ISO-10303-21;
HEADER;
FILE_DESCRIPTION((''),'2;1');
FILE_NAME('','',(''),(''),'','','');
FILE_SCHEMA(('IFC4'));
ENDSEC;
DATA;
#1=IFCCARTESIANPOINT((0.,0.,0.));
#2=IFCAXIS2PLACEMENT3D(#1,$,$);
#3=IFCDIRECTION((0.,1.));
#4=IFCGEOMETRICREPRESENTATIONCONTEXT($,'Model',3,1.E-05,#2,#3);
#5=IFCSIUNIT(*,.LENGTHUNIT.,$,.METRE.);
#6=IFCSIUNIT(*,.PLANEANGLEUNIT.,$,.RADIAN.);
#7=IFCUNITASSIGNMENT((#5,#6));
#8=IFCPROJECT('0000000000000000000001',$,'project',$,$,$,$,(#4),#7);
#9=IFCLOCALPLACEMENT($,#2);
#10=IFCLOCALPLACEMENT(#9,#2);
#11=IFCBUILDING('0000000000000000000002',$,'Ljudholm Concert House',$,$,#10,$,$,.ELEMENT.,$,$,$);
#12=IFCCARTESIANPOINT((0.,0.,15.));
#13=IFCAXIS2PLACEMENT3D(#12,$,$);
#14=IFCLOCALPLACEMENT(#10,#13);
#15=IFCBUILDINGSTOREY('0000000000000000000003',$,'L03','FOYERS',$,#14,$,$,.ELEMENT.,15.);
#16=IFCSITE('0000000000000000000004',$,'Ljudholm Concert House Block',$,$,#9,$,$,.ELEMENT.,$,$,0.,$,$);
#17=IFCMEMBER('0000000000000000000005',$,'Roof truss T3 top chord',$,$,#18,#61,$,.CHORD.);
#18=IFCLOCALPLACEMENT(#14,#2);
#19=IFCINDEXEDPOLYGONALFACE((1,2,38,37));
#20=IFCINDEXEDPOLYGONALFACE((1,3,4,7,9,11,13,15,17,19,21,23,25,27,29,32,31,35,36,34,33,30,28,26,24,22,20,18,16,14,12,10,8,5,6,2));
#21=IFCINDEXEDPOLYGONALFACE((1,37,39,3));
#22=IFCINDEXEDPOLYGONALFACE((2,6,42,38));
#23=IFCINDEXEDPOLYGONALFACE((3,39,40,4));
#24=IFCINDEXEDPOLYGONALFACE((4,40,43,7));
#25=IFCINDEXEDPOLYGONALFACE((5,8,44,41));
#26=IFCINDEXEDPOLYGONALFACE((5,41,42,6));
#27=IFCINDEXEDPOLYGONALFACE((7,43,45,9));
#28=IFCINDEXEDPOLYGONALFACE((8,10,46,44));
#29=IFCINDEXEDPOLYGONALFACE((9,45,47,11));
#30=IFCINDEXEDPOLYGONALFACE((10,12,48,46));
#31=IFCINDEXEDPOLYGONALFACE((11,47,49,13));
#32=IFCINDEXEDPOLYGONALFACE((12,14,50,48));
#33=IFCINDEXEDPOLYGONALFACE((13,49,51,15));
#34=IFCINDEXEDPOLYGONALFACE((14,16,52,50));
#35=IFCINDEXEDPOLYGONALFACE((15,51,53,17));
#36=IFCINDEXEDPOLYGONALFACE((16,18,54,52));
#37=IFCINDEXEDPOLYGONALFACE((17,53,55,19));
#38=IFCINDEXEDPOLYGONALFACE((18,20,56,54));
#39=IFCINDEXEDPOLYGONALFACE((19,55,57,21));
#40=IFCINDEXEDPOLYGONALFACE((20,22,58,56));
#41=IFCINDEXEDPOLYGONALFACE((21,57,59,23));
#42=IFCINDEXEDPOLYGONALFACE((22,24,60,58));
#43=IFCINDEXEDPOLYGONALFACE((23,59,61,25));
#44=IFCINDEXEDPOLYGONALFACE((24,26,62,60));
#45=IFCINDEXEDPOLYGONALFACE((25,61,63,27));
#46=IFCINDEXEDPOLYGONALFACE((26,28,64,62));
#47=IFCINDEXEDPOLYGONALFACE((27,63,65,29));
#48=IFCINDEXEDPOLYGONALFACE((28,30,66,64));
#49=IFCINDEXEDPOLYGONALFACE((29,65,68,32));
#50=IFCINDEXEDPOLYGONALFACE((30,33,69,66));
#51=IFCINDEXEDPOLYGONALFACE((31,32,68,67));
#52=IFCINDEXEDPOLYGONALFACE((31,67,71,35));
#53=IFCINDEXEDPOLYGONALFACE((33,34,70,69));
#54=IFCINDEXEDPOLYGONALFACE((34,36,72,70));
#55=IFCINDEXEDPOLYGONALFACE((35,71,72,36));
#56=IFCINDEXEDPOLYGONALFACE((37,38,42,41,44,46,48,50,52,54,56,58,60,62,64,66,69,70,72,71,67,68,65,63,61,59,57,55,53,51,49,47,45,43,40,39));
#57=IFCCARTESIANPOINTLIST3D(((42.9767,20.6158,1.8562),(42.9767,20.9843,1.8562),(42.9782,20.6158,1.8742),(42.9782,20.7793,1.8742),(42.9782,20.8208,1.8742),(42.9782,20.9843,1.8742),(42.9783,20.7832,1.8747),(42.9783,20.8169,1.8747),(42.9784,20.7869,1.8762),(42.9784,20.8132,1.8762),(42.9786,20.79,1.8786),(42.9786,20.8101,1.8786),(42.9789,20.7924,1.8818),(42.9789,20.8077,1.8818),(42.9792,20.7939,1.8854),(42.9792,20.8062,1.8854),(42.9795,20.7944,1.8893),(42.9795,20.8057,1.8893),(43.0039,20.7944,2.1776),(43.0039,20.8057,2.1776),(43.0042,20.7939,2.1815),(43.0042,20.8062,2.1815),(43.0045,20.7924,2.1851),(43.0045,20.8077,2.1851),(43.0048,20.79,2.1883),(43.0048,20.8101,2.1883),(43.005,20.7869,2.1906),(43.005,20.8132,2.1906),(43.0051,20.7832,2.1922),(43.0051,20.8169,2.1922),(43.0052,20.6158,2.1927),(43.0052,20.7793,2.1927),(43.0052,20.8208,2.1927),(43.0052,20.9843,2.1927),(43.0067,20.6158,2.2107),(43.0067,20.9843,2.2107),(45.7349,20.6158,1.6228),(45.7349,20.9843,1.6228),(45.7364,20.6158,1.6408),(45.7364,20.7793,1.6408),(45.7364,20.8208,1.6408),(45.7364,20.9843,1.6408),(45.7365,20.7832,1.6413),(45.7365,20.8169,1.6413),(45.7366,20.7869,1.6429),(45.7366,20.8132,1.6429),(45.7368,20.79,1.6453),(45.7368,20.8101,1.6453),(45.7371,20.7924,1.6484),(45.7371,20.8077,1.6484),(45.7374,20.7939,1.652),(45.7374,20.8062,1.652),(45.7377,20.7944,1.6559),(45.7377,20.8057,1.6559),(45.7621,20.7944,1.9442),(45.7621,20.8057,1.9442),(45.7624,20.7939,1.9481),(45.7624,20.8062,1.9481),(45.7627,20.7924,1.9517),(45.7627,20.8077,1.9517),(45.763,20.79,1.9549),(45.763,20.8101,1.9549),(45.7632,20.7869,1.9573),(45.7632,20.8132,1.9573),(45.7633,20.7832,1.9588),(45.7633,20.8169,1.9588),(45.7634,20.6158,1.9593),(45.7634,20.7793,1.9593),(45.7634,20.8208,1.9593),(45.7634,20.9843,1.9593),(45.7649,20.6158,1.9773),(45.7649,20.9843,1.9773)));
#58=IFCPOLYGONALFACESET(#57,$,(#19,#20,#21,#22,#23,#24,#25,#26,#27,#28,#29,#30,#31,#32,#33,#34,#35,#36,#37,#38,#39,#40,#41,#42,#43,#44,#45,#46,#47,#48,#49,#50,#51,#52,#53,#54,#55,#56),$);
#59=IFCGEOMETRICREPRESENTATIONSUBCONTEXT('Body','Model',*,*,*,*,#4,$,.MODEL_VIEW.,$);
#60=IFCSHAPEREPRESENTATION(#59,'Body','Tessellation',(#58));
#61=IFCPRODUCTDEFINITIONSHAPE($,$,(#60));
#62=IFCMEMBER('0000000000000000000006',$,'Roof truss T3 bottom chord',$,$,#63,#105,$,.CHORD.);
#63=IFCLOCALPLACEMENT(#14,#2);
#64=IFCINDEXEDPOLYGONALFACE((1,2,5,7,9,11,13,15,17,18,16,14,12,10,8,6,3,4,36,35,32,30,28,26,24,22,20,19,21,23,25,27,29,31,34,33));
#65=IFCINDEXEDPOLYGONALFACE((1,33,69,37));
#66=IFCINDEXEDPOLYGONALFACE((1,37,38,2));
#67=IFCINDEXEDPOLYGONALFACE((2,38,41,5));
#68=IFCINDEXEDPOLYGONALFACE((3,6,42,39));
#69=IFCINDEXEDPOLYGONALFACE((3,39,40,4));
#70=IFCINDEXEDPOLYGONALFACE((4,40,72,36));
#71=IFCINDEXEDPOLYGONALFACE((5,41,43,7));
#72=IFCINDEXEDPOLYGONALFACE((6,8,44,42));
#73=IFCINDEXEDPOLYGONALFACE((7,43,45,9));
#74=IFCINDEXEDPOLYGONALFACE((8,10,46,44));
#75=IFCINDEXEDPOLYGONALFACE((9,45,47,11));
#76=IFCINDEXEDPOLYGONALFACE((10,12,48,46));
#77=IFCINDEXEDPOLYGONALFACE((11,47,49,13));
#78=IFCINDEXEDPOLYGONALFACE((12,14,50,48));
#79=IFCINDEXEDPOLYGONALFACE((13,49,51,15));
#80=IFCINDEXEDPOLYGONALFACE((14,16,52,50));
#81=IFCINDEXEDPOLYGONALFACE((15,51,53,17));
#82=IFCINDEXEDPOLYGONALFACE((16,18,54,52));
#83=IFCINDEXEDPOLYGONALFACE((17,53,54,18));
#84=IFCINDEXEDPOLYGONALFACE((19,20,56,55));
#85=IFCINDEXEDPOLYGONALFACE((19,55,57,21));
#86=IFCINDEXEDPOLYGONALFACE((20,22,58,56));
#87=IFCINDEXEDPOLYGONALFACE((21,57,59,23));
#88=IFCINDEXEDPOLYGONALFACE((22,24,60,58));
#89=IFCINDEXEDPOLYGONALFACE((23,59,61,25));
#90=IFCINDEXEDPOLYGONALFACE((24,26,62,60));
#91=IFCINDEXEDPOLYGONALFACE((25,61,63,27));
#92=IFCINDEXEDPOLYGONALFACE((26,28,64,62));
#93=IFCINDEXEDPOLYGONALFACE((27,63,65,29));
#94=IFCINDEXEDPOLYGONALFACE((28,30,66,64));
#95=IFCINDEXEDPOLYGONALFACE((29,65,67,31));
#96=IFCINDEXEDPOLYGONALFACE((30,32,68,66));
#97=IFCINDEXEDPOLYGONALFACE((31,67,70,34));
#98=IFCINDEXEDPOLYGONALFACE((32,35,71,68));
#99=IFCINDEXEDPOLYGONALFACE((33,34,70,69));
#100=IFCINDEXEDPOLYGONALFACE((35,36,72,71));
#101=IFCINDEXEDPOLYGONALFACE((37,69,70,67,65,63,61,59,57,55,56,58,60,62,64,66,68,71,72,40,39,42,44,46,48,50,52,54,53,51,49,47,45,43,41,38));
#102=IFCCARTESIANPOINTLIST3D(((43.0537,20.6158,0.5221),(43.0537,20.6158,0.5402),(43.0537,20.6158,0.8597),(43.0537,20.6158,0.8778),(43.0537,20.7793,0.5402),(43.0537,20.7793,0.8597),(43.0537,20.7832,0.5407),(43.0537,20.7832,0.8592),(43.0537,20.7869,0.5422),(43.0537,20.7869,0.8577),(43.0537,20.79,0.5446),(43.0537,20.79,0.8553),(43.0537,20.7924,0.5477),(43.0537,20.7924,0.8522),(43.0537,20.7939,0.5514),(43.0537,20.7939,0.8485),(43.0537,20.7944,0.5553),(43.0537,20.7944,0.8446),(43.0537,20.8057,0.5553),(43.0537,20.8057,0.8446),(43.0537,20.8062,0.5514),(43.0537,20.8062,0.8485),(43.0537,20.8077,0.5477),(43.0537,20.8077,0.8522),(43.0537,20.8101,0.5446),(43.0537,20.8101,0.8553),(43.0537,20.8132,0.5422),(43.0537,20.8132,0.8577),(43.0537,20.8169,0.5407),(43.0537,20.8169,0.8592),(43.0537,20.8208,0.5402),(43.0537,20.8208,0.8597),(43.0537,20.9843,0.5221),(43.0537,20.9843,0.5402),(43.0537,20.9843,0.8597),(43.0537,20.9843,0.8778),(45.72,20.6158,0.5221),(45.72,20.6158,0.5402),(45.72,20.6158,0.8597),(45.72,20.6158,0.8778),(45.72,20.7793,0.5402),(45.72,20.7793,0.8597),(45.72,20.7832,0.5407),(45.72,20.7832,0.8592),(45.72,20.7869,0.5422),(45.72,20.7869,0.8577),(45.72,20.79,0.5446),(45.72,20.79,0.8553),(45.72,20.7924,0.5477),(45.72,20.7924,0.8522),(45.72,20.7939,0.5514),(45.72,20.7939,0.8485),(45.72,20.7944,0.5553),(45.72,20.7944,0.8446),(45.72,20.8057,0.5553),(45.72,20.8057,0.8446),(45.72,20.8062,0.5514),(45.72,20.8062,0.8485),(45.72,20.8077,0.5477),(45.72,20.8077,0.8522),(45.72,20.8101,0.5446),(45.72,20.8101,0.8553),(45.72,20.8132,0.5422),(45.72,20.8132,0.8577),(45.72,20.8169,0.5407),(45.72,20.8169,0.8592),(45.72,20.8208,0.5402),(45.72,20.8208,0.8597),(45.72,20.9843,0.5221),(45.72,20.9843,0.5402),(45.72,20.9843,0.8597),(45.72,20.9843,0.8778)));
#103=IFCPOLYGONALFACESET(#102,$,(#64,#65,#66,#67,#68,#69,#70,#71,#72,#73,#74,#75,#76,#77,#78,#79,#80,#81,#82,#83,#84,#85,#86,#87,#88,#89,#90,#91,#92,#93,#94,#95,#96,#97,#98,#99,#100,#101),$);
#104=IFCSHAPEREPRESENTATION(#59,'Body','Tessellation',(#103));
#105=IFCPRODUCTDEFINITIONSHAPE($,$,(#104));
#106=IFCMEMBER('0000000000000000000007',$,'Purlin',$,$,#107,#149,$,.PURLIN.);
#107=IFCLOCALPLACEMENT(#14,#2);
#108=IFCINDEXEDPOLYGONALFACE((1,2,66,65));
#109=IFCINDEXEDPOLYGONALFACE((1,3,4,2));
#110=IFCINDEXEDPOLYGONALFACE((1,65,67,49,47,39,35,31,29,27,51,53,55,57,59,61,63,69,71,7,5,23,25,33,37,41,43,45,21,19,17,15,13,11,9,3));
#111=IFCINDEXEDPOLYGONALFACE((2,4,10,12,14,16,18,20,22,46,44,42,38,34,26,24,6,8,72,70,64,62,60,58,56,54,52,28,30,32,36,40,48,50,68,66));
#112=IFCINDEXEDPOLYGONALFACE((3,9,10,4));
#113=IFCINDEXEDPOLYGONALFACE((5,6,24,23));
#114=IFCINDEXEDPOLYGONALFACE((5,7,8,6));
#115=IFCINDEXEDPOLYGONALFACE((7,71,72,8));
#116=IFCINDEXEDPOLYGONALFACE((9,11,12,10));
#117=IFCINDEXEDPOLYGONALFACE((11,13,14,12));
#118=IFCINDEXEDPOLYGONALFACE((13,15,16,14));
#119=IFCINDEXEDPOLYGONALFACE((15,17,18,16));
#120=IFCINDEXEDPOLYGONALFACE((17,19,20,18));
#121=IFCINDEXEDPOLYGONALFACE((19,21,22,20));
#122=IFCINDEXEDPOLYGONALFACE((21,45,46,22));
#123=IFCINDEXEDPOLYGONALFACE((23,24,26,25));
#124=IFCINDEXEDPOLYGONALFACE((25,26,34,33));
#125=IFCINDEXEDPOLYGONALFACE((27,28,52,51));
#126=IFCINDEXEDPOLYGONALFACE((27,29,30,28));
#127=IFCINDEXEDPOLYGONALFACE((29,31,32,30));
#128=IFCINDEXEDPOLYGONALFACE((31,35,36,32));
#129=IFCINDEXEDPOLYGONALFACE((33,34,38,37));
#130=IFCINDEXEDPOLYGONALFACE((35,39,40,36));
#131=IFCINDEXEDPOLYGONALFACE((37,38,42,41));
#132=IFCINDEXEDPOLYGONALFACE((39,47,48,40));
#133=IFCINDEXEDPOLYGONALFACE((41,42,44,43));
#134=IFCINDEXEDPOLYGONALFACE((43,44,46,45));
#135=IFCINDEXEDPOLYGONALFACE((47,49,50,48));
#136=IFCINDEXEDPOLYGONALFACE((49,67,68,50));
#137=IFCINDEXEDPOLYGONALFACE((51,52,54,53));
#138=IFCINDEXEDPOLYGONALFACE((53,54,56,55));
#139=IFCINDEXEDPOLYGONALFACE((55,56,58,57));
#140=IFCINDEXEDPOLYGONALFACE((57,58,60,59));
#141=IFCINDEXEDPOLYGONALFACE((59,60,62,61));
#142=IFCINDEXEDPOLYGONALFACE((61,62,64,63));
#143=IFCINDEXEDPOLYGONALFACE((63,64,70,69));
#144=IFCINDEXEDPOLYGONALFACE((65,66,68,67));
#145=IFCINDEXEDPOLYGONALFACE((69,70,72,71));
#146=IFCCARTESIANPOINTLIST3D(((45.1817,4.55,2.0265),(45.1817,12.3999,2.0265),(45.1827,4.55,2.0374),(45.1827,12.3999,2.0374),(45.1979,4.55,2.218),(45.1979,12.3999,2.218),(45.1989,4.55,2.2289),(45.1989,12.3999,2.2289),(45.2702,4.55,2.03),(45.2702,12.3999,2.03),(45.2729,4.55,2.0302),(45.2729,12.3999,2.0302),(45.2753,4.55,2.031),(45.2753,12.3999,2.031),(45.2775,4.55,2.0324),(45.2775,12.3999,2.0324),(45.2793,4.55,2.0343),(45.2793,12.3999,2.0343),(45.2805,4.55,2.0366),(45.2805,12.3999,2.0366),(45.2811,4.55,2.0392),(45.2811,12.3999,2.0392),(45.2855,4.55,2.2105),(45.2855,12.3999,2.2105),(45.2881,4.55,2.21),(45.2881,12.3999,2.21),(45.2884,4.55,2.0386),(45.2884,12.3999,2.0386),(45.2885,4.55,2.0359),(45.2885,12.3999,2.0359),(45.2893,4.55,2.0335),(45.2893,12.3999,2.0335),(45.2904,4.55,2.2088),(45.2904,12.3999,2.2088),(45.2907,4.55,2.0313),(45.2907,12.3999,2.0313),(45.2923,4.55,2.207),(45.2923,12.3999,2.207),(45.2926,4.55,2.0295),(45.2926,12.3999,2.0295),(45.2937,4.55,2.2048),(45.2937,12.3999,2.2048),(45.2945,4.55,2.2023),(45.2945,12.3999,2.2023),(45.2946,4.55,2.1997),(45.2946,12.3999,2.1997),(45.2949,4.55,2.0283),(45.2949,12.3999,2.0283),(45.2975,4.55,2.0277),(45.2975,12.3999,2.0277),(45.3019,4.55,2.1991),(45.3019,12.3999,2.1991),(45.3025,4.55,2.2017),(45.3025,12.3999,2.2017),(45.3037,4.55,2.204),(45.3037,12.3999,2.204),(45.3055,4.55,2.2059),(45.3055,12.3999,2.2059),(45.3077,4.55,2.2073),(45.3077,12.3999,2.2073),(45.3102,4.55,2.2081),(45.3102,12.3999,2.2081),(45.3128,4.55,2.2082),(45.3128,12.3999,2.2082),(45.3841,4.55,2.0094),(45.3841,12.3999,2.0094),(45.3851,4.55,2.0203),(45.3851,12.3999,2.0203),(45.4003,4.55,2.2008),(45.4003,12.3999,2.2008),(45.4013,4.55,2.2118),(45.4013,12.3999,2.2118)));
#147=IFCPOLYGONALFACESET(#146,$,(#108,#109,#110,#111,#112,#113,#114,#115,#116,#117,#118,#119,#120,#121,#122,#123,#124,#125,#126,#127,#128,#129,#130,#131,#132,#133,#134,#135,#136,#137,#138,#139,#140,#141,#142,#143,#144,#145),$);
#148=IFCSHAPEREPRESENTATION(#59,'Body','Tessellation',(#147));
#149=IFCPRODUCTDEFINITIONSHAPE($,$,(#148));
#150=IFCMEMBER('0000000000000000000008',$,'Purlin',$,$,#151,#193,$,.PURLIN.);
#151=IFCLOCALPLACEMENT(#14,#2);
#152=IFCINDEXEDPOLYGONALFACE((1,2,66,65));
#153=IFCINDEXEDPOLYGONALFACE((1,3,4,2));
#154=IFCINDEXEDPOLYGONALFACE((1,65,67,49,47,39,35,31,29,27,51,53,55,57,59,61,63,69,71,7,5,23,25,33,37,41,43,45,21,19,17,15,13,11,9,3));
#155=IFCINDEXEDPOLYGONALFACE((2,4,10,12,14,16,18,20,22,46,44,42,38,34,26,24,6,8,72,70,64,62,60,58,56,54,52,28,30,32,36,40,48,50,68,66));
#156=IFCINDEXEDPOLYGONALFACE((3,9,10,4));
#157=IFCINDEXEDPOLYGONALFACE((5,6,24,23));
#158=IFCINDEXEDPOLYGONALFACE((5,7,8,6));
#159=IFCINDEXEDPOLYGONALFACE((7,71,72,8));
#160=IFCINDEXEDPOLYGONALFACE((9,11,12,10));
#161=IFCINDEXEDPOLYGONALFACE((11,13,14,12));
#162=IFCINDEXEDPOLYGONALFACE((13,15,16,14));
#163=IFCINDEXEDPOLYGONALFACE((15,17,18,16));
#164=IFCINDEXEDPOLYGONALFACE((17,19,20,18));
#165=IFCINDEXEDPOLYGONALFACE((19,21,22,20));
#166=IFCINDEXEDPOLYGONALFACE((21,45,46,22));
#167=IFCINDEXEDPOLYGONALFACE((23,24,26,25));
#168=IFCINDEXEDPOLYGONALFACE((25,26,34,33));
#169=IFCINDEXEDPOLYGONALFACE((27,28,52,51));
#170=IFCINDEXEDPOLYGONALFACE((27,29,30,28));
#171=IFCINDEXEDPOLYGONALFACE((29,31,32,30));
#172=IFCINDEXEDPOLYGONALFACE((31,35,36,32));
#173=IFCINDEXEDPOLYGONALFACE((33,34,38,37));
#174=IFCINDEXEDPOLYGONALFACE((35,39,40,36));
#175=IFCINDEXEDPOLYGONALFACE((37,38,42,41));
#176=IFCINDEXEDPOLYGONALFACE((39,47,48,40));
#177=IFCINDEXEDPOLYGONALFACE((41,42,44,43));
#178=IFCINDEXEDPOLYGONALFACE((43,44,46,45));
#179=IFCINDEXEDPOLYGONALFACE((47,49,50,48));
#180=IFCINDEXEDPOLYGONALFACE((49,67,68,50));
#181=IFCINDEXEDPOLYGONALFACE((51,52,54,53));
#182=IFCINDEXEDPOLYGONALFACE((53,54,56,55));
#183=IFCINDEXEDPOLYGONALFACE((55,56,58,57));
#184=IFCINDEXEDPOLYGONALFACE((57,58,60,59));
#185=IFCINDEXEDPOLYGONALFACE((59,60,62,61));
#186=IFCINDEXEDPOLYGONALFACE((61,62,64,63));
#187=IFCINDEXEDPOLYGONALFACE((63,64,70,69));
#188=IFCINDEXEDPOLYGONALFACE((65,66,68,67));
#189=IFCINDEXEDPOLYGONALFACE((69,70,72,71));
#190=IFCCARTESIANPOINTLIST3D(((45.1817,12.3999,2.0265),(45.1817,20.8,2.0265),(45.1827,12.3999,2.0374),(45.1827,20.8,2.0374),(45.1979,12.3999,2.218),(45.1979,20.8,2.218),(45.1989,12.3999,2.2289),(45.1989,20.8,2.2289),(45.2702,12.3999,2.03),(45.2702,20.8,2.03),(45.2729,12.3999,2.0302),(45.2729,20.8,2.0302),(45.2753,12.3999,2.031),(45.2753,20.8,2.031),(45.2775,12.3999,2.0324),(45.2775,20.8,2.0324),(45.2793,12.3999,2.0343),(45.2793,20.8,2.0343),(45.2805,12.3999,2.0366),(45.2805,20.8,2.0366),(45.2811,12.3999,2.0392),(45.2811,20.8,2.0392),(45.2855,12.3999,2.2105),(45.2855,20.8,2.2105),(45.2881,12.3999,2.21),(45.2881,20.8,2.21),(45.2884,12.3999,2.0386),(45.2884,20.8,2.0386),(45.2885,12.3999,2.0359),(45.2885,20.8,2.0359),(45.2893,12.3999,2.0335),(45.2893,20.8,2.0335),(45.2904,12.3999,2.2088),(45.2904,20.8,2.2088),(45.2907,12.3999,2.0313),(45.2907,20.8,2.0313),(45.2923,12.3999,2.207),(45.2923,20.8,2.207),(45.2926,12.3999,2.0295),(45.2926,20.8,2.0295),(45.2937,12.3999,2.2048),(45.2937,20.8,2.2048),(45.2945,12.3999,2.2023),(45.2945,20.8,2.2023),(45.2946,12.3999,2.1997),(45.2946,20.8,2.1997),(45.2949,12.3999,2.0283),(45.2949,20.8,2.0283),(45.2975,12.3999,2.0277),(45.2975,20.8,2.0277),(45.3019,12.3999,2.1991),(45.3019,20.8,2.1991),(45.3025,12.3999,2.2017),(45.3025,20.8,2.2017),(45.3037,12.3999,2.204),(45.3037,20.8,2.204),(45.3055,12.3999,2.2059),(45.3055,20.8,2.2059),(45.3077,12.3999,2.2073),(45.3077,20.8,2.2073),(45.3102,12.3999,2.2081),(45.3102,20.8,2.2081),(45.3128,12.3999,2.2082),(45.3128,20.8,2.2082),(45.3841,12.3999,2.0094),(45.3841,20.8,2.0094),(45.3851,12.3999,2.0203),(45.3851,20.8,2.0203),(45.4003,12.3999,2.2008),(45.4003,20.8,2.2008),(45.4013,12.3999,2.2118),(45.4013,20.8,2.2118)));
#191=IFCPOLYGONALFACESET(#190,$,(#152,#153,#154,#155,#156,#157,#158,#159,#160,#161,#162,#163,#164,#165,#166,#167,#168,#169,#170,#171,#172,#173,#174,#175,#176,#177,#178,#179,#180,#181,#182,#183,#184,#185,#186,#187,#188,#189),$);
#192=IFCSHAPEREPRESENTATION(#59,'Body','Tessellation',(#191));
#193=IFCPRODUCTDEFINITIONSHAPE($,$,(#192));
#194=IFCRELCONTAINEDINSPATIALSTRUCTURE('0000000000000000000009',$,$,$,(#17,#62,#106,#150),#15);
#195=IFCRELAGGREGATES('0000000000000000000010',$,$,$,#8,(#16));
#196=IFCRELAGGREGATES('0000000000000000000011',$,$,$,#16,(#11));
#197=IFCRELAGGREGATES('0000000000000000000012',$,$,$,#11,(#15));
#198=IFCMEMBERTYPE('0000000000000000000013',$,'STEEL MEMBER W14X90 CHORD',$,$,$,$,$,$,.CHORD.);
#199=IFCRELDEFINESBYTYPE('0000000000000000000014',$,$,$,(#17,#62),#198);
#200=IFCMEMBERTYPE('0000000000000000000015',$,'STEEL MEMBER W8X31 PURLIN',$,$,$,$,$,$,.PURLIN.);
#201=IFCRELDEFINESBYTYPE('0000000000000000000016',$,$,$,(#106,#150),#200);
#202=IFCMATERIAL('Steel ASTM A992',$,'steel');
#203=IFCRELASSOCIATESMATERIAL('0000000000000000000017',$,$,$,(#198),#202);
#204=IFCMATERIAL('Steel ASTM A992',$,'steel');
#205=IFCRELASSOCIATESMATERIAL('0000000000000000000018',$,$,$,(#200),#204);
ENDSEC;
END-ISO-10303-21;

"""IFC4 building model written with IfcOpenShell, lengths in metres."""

from ifc_helpers import new_model, si_unit, direction, frame, origin, origin_2d, place, context, subcontext, project, spatial, i_section, extrude, material, material_profile, profile_set, type_object, element, save


model = new_model("IFC4")

# Units and contexts
model_context = context("Model", 3, precision=1e-05, world=origin(), true_north=direction((0.0, 1.0)))
body_context = subcontext(model_context, "Body", "Model", "MODEL_VIEW")
ifc_project = project(units=[si_unit("LENGTHUNIT", "METRE"), si_unit("PLANEANGLEUNIT", "RADIAN")], contexts=[model_context])

# Site, building, storey
site_placement = place(None, origin())
site = spatial("IfcSite", under=ifc_project, at=site_placement, Name="Ljudholm Concert House Block", CompositionType="ELEMENT", RefElevation=0.0)
building_placement = place(site_placement, origin())
building = spatial("IfcBuilding", under=site, at=building_placement, Name="Ljudholm Concert House", CompositionType="ELEMENT")
storey_placement = place(building_placement, frame((0.0, 0.0, 15.0)))
storey = spatial("IfcBuildingStorey", under=building, at=storey_placement, Name="L03", Description="FOYERS", CompositionType="ELEMENT", Elevation=15.0)

# Members
ifc_material_1 = material(Name="Steel ASTM A992", Category="steel")
ifc_material_profile_1 = material_profile(ifc_material_1, i_section(OverallWidth=0.3684, OverallDepth=0.3557, WebThickness=0.0112, FlangeThickness=0.0181, FilletRadius=0.0151, at=origin_2d()), Name="W14X90")
ifc_profile_set_1 = profile_set([ifc_material_profile_1], Name="Steel ASTM A992")
member_type_1 = type_object("IfcMemberType", Name="STEEL MEMBER W14X90 CHORD", PredefinedType="CHORD", material=ifc_profile_set_1)
member_1_placement = place(storey_placement, frame((42.9917, 20.8, 2.0334), z_axis=(0.996439, 0.0, -0.084315), x_axis=(0.0, 1.0, 0.0)))
element("IfcMember", 1, at=member_1_placement, inside=storey, type_object=member_type_1, Name="Roof truss T3 top chord", PredefinedType="CHORD", context=body_context, shape_type="SweptSolid", body=[
    extrude(i_section(OverallWidth=0.3684, OverallDepth=0.3557, WebThickness=0.0112, FlangeThickness=0.0181, FilletRadius=0.0151, at=origin_2d()), origin(), (0.0, 0.0, 1.0), 2.7681),
])
member_2_placement = place(storey_placement, frame((43.0537, 20.8, 0.7), z_axis=(1.0, 0.0, 0.0), x_axis=(0.0, 1.0, 0.0)))
element("IfcMember", 2, at=member_2_placement, inside=storey, type_object=member_type_1, Name="Roof truss T3 bottom chord", PredefinedType="CHORD", context=body_context, shape_type="SweptSolid", body=[
    extrude(i_section(OverallWidth=0.3684, OverallDepth=0.3557, WebThickness=0.0112, FlangeThickness=0.0181, FilletRadius=0.0151, at=origin_2d()), origin(), (0.0, 0.0, 1.0), 2.6663),
])
ifc_material_2 = material(Name="Steel ASTM A992", Category="steel")
ifc_material_profile_2 = material_profile(ifc_material_2, i_section(OverallWidth=0.2031, OverallDepth=0.2031, WebThickness=0.0073, FlangeThickness=0.011, FilletRadius=0.01, at=origin_2d()), Name="W8X31")
ifc_profile_set_2 = profile_set([ifc_material_profile_2], Name="Steel ASTM A992")
member_type_2 = type_object("IfcMemberType", Name="STEEL MEMBER W8X31 PURLIN", PredefinedType="PURLIN", material=ifc_profile_set_2)
member_3_placement = place(storey_placement, frame((45.2915, 4.55, 2.1191), z_axis=(0.0, 1.0, 0.0), x_axis=(-0.996441, 0.0, 0.084291)))
element("IfcMember", 3, at=member_3_placement, inside=storey, type_object=member_type_2, Name="Purlin", PredefinedType="PURLIN", context=body_context, shape_type="SweptSolid", body=[
    extrude(i_section(OverallWidth=0.2031, OverallDepth=0.2031, WebThickness=0.0073, FlangeThickness=0.011, FilletRadius=0.01, at=origin_2d()), origin(), (0.0, 0.0, 1.0), 7.8499),
])
member_4_placement = place(storey_placement, frame((45.2915, 12.3999, 2.1191), z_axis=(0.0, 1.0, 0.0), x_axis=(-0.996441, 0.0, 0.084291)))
element("IfcMember", 4, at=member_4_placement, inside=storey, type_object=member_type_2, Name="Purlin", PredefinedType="PURLIN", context=body_context, shape_type="SweptSolid", body=[
    extrude(i_section(OverallWidth=0.2031, OverallDepth=0.2031, WebThickness=0.0073, FlangeThickness=0.011, FilletRadius=0.01, at=origin_2d()), origin(), (0.0, 0.0, 1.0), 8.4001),
])

save(model, "model.ifc")
